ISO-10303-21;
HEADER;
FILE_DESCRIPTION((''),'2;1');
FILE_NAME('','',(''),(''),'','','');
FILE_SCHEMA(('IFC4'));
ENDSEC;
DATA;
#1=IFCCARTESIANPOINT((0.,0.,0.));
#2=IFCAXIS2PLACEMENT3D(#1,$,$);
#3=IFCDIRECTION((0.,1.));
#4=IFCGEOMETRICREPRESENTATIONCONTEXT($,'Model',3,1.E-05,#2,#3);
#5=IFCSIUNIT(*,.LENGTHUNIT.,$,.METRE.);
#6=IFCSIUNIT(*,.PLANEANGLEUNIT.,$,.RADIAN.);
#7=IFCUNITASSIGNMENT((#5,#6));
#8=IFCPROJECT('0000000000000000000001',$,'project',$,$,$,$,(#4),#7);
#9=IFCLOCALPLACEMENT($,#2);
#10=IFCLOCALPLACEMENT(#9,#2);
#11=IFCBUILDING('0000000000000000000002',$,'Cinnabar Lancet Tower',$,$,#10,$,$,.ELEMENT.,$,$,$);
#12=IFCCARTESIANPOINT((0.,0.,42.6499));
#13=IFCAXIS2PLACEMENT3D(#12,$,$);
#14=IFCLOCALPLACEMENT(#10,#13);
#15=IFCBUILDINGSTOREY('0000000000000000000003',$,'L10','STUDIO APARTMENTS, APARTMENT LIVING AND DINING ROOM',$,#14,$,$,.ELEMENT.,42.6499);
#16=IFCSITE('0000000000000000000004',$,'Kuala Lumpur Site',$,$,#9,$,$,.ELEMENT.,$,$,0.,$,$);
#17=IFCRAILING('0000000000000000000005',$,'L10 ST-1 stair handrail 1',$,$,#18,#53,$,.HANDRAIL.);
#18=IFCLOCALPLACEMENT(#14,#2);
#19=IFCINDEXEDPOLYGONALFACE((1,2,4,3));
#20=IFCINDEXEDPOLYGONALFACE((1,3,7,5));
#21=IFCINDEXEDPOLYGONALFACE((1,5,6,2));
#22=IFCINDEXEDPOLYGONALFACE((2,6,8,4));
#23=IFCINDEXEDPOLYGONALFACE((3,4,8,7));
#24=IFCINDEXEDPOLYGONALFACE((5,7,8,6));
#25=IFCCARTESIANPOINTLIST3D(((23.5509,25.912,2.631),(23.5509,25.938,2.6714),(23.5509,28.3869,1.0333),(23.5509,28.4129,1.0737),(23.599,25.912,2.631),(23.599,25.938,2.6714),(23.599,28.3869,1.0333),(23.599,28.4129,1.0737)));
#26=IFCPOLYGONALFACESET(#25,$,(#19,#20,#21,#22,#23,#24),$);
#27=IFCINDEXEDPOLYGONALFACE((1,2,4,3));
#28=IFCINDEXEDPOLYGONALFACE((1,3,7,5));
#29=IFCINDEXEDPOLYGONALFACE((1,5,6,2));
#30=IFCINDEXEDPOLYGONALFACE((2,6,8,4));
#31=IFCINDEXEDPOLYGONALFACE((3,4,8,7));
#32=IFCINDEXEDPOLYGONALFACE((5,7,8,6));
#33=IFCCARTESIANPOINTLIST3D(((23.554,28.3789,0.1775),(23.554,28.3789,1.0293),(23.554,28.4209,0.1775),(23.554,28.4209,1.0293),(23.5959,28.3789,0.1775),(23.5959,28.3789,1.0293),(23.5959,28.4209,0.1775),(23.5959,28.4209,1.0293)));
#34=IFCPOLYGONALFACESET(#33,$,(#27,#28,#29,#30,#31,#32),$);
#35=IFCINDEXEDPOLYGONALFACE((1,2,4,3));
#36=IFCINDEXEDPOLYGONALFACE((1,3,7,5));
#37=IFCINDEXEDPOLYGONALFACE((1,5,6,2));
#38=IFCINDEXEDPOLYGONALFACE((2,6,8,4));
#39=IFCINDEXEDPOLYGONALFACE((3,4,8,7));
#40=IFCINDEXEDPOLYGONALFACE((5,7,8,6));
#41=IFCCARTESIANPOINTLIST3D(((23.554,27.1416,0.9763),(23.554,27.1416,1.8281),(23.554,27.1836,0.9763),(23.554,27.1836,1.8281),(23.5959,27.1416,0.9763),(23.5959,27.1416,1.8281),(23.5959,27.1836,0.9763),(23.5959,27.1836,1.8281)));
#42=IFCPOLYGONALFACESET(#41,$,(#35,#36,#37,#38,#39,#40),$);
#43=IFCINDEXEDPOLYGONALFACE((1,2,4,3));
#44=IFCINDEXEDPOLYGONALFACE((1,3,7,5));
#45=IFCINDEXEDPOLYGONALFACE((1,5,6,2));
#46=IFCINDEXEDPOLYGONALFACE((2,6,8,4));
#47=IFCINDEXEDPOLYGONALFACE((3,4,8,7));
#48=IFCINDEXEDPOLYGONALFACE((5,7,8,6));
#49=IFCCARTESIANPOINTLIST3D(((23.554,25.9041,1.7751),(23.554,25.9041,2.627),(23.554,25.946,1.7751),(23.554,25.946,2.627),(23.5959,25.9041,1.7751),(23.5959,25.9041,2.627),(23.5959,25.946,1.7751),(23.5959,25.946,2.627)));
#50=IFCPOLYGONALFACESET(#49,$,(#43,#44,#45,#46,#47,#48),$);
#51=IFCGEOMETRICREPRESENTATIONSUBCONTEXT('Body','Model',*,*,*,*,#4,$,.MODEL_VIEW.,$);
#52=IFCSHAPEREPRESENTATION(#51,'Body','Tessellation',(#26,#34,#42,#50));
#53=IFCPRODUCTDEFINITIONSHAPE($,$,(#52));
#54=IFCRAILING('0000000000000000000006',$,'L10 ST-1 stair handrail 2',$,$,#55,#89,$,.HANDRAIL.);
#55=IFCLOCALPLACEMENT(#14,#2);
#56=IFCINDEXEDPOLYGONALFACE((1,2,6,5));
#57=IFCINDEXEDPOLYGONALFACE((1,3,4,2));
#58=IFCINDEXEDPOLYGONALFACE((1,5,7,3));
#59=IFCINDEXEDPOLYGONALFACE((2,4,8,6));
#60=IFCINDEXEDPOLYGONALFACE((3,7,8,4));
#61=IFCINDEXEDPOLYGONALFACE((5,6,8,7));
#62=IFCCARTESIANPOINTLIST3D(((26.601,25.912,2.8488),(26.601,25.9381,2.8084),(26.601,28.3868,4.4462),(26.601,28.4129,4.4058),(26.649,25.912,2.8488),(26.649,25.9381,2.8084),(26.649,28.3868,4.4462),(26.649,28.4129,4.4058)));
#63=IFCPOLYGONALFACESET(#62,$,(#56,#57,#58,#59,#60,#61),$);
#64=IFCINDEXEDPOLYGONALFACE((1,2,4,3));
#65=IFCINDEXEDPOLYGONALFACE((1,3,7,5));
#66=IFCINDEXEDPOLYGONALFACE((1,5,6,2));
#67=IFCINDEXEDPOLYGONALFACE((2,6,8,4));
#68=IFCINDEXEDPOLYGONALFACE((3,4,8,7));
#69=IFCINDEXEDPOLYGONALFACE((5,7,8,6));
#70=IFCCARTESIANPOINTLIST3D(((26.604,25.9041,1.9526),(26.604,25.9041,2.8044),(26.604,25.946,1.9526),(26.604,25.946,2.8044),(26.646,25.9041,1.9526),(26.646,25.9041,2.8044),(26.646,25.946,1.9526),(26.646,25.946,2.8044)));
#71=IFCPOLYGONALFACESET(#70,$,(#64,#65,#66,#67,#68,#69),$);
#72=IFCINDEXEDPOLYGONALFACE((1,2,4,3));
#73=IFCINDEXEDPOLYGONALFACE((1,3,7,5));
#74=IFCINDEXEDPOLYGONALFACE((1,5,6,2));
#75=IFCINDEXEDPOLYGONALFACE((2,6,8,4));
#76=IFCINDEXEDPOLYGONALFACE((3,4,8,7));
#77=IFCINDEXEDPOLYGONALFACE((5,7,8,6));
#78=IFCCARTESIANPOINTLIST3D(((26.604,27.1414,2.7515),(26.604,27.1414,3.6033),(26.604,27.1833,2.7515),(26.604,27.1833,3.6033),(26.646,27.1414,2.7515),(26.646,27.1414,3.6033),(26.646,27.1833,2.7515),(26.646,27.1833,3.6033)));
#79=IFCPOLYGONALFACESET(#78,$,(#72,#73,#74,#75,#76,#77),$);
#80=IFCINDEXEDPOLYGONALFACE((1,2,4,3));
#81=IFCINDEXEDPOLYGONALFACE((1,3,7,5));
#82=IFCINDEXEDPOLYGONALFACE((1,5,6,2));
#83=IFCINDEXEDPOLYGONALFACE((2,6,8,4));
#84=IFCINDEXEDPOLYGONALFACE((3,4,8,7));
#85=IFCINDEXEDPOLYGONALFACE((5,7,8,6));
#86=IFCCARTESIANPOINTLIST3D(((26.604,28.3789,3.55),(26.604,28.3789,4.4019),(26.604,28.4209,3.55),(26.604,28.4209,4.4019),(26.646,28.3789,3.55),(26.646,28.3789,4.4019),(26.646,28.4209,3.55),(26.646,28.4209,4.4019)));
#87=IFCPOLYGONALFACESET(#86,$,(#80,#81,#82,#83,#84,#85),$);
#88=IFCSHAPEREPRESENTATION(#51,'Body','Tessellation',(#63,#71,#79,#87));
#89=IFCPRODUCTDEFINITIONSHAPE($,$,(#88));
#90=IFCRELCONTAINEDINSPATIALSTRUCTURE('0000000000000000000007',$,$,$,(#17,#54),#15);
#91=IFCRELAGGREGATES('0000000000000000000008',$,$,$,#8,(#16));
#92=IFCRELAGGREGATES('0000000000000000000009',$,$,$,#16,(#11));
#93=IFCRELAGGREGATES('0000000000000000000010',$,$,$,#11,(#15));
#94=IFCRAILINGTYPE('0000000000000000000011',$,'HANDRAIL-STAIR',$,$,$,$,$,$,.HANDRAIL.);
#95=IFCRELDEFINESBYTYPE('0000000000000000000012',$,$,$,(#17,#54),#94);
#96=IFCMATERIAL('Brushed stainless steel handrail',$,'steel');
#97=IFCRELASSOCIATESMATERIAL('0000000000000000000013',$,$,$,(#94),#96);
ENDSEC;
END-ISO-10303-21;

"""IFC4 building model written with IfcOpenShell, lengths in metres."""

from ifc_helpers import new_model, si_unit, direction, frame, origin, origin_2d, place, context, subcontext, project, spatial, rectangle, extrude, material, type_object, element, save


model = new_model("IFC4")

# Units and contexts
model_context = context("Model", 3, precision=1e-05, world=origin(), true_north=direction((0.0, 1.0)))
body_context = subcontext(model_context, "Body", "Model", "MODEL_VIEW")
ifc_project = project(units=[si_unit("LENGTHUNIT", "METRE"), si_unit("PLANEANGLEUNIT", "RADIAN")], contexts=[model_context])

# Site, building, storey
site_placement = place(None, origin())
site = spatial("IfcSite", under=ifc_project, at=site_placement, Name="Kuala Lumpur Site", CompositionType="ELEMENT", RefElevation=0.0)
building_placement = place(site_placement, origin())
building = spatial("IfcBuilding", under=site, at=building_placement, Name="Cinnabar Lancet Tower", CompositionType="ELEMENT")
storey_placement = place(building_placement, frame((0.0, 0.0, 42.6499)))
storey = spatial("IfcBuildingStorey", under=building, at=storey_placement, Name="L10", Description="STUDIO APARTMENTS, APARTMENT LIVING AND DINING ROOM", CompositionType="ELEMENT", Elevation=42.6499)

# Railings
ifc_material_1 = material(Name="Brushed stainless steel handrail", Category="steel")
railing_type_1 = type_object("IfcRailingType", Name="HANDRAIL-STAIR", PredefinedType="HANDRAIL", material=ifc_material_1)
railing_1_placement = place(storey_placement, frame((23.575, 28.3999, 0.1775)))
element("IfcRailing", 1, at=railing_1_placement, inside=storey, type_object=railing_type_1, Name="L10 ST-1 stair handrail 1", PredefinedType="HANDRAIL", context=body_context, shape_type="SweptSolid", body=[
    extrude(rectangle(XDim=0.0481, YDim=0.0481, at=origin_2d()), frame((0.0, 0.0, 0.876), z_axis=(0.0, -0.840146, 0.542361), x_axis=(1.0, 0.0, 0.0)), (0.0, 0.0, 1.0), 2.9458),
    extrude(rectangle(XDim=0.042, YDim=0.042, at=origin_2d()), origin(), (0.0, 0.0, 1.0), 0.8518),
    extrude(rectangle(XDim=0.042, YDim=0.042, at=origin_2d()), frame((0.0, -1.2373, 0.7988)), (0.0, 0.0, 1.0), 0.8518),
    extrude(rectangle(XDim=0.042, YDim=0.042, at=origin_2d()), frame((0.0, -2.4749, 1.5977)), (0.0, 0.0, 1.0), 0.8518),
])
railing_2_placement = place(storey_placement, frame((26.625, 25.925, 1.9526)))
element("IfcRailing", 2, at=railing_2_placement, inside=storey, type_object=railing_type_1, Name="L10 ST-1 stair handrail 2", PredefinedType="HANDRAIL", context=body_context, shape_type="SweptSolid", body=[
    extrude(rectangle(XDim=0.0481, YDim=0.0481, at=origin_2d()), frame((0.0, 0.0, 0.876), z_axis=(0.0, 0.840183, 0.542302), x_axis=(-1.0, 0.0, 0.0)), (0.0, 0.0, 1.0), 2.9456),
    extrude(rectangle(XDim=0.042, YDim=0.042, at=origin_2d()), origin(), (0.0, 0.0, 1.0), 0.8518),
    extrude(rectangle(XDim=0.042, YDim=0.042, at=origin_2d()), frame((0.0, 1.2373, 0.7988)), (0.0, 0.0, 1.0), 0.8518),
    extrude(rectangle(XDim=0.042, YDim=0.042, at=origin_2d()), frame((0.0, 2.4749, 1.5974)), (0.0, 0.0, 1.0), 0.8518),
])

save(model, "model.ifc")
